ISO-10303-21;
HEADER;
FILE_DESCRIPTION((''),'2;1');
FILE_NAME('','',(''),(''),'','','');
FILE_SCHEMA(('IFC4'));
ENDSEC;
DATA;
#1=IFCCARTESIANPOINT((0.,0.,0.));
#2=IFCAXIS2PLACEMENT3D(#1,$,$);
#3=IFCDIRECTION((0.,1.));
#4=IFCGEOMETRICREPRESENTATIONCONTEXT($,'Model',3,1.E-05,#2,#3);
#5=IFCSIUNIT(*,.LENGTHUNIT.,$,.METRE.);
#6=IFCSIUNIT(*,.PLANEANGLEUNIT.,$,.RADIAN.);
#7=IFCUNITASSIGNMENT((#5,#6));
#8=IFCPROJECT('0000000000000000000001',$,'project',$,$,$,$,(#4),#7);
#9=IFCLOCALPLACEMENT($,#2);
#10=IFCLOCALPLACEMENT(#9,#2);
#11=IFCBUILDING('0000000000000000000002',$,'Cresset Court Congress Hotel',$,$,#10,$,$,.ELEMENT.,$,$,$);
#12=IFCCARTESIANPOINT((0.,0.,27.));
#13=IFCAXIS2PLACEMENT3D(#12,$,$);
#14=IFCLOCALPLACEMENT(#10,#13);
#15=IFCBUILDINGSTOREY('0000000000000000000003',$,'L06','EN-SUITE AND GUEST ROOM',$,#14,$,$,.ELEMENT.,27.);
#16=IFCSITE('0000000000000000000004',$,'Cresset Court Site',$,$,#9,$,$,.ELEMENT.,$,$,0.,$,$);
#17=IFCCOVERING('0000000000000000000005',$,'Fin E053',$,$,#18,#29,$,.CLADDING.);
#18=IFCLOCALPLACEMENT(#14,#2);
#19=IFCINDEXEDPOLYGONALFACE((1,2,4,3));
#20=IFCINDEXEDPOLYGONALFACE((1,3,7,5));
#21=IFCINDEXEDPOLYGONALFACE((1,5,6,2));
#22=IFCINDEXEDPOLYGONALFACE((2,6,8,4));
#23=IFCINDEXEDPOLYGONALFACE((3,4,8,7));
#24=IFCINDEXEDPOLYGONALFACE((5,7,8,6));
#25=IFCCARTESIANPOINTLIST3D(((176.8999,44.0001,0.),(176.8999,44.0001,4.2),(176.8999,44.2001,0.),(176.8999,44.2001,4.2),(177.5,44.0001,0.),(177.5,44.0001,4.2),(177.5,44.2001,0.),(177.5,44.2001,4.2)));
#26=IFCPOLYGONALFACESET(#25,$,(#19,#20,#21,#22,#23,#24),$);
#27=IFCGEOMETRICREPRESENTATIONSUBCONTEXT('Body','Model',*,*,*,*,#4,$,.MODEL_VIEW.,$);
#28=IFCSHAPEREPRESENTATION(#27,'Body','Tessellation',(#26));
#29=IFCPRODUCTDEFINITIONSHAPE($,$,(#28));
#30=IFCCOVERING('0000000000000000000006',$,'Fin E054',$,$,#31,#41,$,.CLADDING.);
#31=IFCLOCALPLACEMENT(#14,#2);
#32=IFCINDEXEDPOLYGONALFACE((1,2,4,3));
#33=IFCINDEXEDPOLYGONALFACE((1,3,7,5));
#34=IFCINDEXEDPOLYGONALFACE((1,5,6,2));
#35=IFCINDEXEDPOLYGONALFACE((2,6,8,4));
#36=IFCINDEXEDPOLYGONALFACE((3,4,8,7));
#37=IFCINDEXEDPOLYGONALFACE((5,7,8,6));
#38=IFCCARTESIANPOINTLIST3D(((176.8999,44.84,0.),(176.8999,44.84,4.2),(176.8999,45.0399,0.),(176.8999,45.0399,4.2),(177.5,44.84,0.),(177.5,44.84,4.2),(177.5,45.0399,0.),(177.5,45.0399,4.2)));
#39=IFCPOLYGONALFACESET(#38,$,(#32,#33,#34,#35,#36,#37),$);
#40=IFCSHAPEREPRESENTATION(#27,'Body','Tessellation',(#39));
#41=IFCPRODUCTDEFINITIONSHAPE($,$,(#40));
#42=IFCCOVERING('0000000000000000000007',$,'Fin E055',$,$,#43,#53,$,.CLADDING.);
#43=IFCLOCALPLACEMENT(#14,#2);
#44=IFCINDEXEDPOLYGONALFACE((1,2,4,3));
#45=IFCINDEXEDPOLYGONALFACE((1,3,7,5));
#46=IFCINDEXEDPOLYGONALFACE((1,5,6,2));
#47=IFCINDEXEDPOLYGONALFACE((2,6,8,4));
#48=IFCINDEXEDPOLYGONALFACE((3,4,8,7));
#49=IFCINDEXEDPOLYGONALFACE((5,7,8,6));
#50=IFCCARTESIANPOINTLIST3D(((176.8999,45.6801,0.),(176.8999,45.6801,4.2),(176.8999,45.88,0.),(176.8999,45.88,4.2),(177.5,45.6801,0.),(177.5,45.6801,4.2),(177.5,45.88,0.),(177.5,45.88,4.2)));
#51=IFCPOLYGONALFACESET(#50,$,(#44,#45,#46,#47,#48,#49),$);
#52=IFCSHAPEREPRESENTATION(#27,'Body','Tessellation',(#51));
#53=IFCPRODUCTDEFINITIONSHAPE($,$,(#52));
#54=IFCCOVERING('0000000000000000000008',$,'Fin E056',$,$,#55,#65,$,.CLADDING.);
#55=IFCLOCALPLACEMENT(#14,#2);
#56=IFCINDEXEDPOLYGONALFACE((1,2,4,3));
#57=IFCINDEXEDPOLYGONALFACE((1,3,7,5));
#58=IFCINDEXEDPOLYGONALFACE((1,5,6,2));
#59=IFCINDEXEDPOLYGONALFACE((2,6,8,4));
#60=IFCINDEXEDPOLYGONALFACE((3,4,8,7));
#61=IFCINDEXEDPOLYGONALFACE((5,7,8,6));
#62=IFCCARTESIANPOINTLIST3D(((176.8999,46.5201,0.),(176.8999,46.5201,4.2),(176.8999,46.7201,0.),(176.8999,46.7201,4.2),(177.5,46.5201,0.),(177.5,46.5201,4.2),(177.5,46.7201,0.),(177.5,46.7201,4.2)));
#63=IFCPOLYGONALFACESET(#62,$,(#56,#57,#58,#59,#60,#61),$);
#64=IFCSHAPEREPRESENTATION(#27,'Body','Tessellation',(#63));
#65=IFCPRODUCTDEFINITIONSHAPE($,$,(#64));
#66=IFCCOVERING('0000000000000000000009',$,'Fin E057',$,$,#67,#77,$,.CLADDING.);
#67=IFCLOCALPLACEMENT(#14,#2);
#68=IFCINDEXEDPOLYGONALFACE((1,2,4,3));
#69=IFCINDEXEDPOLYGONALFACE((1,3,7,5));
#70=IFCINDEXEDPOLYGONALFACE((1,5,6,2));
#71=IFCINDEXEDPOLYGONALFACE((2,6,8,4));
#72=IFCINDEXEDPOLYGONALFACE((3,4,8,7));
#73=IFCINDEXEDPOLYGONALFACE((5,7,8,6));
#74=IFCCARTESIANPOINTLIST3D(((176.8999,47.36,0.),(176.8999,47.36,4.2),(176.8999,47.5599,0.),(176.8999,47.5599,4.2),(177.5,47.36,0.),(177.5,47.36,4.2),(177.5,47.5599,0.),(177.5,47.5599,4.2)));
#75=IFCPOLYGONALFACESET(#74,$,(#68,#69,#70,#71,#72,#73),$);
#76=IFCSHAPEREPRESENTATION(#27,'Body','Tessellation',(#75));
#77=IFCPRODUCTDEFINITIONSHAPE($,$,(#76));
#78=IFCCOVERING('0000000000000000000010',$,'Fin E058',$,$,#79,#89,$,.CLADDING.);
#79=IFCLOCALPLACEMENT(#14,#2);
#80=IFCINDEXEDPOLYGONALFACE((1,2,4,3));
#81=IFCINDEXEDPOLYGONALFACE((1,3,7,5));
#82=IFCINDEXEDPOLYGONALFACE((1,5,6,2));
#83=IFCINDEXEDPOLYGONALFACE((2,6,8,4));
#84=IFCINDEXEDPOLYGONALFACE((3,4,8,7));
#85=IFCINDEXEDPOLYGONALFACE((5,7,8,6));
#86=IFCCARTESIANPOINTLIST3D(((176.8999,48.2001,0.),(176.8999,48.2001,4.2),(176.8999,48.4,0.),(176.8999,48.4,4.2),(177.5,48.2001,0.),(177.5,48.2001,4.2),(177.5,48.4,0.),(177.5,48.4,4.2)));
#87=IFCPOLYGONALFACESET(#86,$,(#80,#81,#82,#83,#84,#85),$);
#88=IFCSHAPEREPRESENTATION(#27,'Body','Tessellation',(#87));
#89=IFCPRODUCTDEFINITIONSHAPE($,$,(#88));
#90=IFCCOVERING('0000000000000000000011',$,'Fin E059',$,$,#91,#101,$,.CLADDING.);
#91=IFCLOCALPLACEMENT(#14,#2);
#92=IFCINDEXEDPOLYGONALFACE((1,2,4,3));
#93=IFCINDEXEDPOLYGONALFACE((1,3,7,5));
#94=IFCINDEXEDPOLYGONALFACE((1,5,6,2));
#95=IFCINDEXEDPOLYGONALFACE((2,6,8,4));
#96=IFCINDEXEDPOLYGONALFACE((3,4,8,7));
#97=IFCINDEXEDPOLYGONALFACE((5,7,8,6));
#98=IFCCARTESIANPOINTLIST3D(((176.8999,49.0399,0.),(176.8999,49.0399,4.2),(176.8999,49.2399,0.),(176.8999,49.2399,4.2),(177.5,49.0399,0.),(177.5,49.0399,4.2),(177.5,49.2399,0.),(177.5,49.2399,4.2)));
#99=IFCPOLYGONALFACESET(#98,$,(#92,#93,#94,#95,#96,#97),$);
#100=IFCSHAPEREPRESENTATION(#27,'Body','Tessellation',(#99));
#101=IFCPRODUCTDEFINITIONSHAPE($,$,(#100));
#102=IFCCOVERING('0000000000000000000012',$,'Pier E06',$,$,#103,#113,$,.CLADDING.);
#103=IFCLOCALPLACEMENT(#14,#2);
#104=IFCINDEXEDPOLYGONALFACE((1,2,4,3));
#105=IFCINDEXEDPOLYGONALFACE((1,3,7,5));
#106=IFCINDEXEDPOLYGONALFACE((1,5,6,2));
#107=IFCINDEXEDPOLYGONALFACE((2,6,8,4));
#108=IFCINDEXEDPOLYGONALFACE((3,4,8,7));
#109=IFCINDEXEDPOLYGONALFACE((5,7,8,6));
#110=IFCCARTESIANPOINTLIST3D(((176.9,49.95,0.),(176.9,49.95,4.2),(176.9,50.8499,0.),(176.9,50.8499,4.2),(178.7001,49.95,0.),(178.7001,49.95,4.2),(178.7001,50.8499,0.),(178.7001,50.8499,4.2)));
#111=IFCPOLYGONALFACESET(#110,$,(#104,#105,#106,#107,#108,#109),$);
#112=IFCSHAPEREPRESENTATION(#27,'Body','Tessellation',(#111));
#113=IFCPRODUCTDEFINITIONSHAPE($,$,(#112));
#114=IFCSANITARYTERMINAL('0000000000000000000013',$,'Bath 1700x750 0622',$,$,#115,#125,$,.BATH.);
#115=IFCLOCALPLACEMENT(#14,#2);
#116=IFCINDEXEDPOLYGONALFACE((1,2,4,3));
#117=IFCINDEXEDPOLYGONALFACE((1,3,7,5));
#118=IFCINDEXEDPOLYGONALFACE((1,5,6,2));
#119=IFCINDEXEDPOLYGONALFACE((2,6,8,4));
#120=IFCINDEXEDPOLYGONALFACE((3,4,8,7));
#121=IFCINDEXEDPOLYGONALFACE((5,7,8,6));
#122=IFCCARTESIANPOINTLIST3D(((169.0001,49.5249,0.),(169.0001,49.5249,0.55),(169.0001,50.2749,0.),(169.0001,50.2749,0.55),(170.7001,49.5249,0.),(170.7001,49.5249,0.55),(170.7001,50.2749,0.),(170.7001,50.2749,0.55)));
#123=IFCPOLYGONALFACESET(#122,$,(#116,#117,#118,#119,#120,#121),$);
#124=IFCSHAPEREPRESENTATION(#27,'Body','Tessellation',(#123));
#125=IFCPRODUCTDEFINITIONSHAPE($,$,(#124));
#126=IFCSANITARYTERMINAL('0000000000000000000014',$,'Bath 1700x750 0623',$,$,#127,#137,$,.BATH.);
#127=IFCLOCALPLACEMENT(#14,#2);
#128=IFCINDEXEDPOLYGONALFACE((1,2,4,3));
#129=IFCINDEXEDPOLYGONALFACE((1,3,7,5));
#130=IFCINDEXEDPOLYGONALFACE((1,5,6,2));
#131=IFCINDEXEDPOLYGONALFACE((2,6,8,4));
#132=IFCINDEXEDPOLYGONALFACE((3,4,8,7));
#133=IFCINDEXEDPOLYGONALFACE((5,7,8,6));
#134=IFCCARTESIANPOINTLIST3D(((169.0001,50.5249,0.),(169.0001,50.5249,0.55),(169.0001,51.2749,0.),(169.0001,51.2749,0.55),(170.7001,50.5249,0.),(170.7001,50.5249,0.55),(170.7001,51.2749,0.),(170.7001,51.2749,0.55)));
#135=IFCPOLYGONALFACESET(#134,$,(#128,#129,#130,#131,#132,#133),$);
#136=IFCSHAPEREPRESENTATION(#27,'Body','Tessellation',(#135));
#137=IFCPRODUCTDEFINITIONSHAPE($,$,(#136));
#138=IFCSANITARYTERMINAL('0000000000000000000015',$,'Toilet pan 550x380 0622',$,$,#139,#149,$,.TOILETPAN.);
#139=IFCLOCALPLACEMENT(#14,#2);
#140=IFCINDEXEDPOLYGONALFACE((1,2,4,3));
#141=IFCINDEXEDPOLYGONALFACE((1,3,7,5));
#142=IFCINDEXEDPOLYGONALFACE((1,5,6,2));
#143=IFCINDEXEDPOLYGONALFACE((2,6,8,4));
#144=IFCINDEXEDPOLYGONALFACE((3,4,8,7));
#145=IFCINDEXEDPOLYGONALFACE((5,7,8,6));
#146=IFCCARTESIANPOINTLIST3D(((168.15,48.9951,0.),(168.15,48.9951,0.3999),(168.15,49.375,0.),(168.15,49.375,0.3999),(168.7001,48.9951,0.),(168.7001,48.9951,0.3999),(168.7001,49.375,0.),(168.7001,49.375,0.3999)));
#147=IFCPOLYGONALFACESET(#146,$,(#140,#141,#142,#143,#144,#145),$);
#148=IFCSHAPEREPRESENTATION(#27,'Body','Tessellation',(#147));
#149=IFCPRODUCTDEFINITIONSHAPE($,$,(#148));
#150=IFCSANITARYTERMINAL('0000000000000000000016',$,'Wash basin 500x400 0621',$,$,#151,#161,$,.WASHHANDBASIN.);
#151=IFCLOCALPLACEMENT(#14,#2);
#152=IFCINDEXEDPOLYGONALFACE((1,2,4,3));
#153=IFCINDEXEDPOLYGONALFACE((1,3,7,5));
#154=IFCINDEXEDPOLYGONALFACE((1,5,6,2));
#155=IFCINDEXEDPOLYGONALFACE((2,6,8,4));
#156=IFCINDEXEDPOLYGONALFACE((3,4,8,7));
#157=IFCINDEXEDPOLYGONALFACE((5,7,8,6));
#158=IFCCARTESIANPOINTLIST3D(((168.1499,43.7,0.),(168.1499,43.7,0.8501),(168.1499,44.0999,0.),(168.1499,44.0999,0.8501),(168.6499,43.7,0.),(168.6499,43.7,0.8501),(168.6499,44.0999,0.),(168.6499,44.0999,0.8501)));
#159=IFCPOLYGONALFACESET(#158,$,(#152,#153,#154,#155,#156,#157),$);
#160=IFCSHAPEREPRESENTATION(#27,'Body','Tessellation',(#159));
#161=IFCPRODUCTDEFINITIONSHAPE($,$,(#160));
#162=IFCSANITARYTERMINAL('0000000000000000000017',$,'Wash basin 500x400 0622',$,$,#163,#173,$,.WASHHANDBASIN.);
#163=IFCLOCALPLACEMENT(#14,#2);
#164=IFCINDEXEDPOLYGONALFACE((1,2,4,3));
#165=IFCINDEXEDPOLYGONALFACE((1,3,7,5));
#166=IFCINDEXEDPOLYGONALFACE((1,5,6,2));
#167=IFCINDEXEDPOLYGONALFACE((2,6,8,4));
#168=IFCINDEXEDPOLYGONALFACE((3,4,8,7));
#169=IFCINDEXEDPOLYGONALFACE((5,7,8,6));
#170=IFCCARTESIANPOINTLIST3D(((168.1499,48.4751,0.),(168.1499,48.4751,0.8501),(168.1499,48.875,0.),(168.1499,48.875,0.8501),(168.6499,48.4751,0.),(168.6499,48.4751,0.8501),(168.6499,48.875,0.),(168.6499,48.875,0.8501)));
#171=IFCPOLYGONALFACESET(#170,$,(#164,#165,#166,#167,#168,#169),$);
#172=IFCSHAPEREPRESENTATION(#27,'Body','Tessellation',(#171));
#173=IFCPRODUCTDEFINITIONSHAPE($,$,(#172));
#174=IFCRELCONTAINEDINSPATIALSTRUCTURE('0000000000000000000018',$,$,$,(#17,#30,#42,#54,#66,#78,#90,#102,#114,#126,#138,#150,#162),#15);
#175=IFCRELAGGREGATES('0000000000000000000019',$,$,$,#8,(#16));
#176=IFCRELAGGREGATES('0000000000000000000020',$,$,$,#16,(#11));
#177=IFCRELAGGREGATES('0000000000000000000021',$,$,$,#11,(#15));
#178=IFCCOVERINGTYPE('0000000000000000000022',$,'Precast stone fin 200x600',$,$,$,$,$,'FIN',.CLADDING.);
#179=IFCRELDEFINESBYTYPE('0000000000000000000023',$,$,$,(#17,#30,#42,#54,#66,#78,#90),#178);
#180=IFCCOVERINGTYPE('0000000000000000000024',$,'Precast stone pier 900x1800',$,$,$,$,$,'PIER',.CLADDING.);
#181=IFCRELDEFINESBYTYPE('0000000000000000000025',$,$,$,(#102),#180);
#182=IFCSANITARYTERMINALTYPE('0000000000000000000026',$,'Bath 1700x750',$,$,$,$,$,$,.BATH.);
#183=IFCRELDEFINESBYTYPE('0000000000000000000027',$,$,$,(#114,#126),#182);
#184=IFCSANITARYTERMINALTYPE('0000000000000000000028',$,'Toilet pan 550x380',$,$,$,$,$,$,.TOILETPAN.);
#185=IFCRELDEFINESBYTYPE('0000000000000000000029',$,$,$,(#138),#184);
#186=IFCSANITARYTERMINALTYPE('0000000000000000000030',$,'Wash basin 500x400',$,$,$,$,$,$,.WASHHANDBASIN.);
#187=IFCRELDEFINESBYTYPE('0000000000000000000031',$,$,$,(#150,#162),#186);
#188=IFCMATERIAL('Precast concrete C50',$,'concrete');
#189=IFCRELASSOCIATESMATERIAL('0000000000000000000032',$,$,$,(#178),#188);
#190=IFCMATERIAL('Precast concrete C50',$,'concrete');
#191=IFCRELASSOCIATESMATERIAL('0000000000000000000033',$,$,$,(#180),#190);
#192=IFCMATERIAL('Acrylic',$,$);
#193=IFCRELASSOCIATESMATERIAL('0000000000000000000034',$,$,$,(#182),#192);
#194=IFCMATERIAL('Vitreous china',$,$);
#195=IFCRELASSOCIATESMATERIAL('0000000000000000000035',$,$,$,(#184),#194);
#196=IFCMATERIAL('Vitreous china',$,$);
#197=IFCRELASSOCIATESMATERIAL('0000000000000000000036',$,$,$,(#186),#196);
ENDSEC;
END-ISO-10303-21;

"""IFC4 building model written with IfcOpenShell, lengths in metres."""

from ifc_helpers import new_model, si_unit, direction, frame, origin, origin_2d, place, context, subcontext, project, spatial, rectangle, extrude, material, type_object, element, save


model = new_model("IFC4")

# Units and contexts
model_context = context("Model", 3, precision=1e-05, world=origin(), true_north=direction((0.0, 1.0)))
body_context = subcontext(model_context, "Body", "Model", "MODEL_VIEW")
ifc_project = project(units=[si_unit("LENGTHUNIT", "METRE"), si_unit("PLANEANGLEUNIT", "RADIAN")], contexts=[model_context])

# Site, building, storey
site_placement = place(None, origin())
site = spatial("IfcSite", under=ifc_project, at=site_placement, Name="Cresset Court Site", CompositionType="ELEMENT", RefElevation=0.0)
building_placement = place(site_placement, origin())
building = spatial("IfcBuilding", under=site, at=building_placement, Name="Cresset Court Congress Hotel", CompositionType="ELEMENT")
storey_placement = place(building_placement, frame((0.0, 0.0, 27.0)))
storey = spatial("IfcBuildingStorey", under=building, at=storey_placement, Name="L06", Description="EN-SUITE AND GUEST ROOM", CompositionType="ELEMENT", Elevation=27.0)

# Coverings
ifc_material_1 = material(Name="Precast concrete C50", Category="concrete")
covering_type_1 = type_object("IfcCoveringType", Name="Precast stone fin 200x600", ElementType="FIN", PredefinedType="CLADDING", material=ifc_material_1)
for number, where, z_axis, x_axis, name in (
    (1, (177.2, 44.1001, 0.0), (0.0, 0.0, 1.0), (1.0, 0.0, 0.0), "Fin E053"),
    (2, (177.2, 44.9399, 0.0), (0.0, 0.0, 1.0), (1.0, 0.0, 0.0), "Fin E054"),
    (3, (177.2, 45.78, 0.0), (0.0, 0.0, 1.0), (1.0, 0.0, 0.0), "Fin E055"),
    (4, (177.2, 46.6201, 0.0), (0.0, 0.0, 1.0), (1.0, 0.0, 0.0), "Fin E056"),
    (5, (177.2, 47.46, 0.0), (0.0, 0.0, 1.0), (1.0, 0.0, 0.0), "Fin E057"),
    (6, (177.2, 48.3, 0.0), (0.0, 0.0, 1.0), (1.0, 0.0, 0.0), "Fin E058"),
    (7, (177.2, 49.1399, 0.0), (0.0, 0.0, 1.0), (1.0, 0.0, 0.0), "Fin E059"),
):
    element("IfcCovering", number, at=place(storey_placement, frame(where, z_axis=z_axis, x_axis=x_axis)), inside=storey, type_object=covering_type_1, Name=name, PredefinedType="CLADDING", context=body_context, shape_type="SweptSolid", body=[
        extrude(rectangle(XDim=0.6001, YDim=0.2, at=origin_2d()), origin(), (0.0, 0.0, 1.0), 4.2),
    ])
ifc_material_2 = material(Name="Precast concrete C50", Category="concrete")
covering_type_2 = type_object("IfcCoveringType", Name="Precast stone pier 900x1800", ElementType="PIER", PredefinedType="CLADDING", material=ifc_material_2)
covering_placement = place(storey_placement, frame((177.8, 50.3999, 0.0), z_axis=(0.0, 0.0, 1.0), x_axis=(1.0, 0.0, 0.0)))
element("IfcCovering", 8, at=covering_placement, inside=storey, type_object=covering_type_2, Name="Pier E06", PredefinedType="CLADDING", context=body_context, shape_type="SweptSolid", body=[
    extrude(rectangle(XDim=1.8, YDim=0.8999, at=origin_2d()), origin(), (0.0, 0.0, 1.0), 4.2),
])

# Sanitary terminals
ifc_material_3 = material(Name="Acrylic")
sanitary_terminal_type_1 = type_object("IfcSanitaryTerminalType", Name="Bath 1700x750", PredefinedType="BATH", material=ifc_material_3)
for number, where, z_axis, x_axis, name in (
    (9, (169.8501, 49.8999, 0.0), (0.0, 0.0, 1.0), (1.0, 0.0, 0.0), "Bath 1700x750 0622"),
    (10, (169.8501, 50.8999, 0.0), (0.0, 0.0, 1.0), (1.0, 0.0, 0.0), "Bath 1700x750 0623"),
):
    element("IfcSanitaryTerminal", number, at=place(storey_placement, frame(where, z_axis=z_axis, x_axis=x_axis)), inside=storey, type_object=sanitary_terminal_type_1, Name=name, PredefinedType="BATH", context=body_context, shape_type="SweptSolid", body=[
        extrude(rectangle(XDim=1.7, YDim=0.75, at=origin_2d()), origin(), (0.0, 0.0, 1.0), 0.55),
    ])
ifc_material_4 = material(Name="Vitreous china")
sanitary_terminal_type_2 = type_object("IfcSanitaryTerminalType", Name="Toilet pan 550x380", PredefinedType="TOILETPAN", material=ifc_material_4)
sanitary_terminal_placement = place(storey_placement, frame((168.425, 49.1851, 0.0), z_axis=(0.0, 0.0, 1.0), x_axis=(1.0, 0.0, 0.0)))
element("IfcSanitaryTerminal", 11, at=sanitary_terminal_placement, inside=storey, type_object=sanitary_terminal_type_2, Name="Toilet pan 550x380 0622", PredefinedType="TOILETPAN", context=body_context, shape_type="SweptSolid", body=[
    extrude(rectangle(XDim=0.55, YDim=0.3799, at=origin_2d()), origin(), (0.0, 0.0, 1.0), 0.3999),
])
ifc_material_5 = material(Name="Vitreous china")
sanitary_terminal_type_3 = type_object("IfcSanitaryTerminalType", Name="Wash basin 500x400", PredefinedType="WASHHANDBASIN", material=ifc_material_5)
for number, where, z_axis, x_axis, name in (
    (12, (168.3999, 43.8999, 0.0), (0.0, 0.0, 1.0), (1.0, 0.0, 0.0), "Wash basin 500x400 0621"),
    (13, (168.3999, 48.675, 0.0), (0.0, 0.0, 1.0), (1.0, 0.0, 0.0), "Wash basin 500x400 0622"),
):
    element("IfcSanitaryTerminal", number, at=place(storey_placement, frame(where, z_axis=z_axis, x_axis=x_axis)), inside=storey, type_object=sanitary_terminal_type_3, Name=name, PredefinedType="WASHHANDBASIN", context=body_context, shape_type="SweptSolid", body=[
        extrude(rectangle(XDim=0.5, YDim=0.3999, at=origin_2d()), origin(), (0.0, 0.0, 1.0), 0.8501),
    ])

save(model, "model.ifc")
